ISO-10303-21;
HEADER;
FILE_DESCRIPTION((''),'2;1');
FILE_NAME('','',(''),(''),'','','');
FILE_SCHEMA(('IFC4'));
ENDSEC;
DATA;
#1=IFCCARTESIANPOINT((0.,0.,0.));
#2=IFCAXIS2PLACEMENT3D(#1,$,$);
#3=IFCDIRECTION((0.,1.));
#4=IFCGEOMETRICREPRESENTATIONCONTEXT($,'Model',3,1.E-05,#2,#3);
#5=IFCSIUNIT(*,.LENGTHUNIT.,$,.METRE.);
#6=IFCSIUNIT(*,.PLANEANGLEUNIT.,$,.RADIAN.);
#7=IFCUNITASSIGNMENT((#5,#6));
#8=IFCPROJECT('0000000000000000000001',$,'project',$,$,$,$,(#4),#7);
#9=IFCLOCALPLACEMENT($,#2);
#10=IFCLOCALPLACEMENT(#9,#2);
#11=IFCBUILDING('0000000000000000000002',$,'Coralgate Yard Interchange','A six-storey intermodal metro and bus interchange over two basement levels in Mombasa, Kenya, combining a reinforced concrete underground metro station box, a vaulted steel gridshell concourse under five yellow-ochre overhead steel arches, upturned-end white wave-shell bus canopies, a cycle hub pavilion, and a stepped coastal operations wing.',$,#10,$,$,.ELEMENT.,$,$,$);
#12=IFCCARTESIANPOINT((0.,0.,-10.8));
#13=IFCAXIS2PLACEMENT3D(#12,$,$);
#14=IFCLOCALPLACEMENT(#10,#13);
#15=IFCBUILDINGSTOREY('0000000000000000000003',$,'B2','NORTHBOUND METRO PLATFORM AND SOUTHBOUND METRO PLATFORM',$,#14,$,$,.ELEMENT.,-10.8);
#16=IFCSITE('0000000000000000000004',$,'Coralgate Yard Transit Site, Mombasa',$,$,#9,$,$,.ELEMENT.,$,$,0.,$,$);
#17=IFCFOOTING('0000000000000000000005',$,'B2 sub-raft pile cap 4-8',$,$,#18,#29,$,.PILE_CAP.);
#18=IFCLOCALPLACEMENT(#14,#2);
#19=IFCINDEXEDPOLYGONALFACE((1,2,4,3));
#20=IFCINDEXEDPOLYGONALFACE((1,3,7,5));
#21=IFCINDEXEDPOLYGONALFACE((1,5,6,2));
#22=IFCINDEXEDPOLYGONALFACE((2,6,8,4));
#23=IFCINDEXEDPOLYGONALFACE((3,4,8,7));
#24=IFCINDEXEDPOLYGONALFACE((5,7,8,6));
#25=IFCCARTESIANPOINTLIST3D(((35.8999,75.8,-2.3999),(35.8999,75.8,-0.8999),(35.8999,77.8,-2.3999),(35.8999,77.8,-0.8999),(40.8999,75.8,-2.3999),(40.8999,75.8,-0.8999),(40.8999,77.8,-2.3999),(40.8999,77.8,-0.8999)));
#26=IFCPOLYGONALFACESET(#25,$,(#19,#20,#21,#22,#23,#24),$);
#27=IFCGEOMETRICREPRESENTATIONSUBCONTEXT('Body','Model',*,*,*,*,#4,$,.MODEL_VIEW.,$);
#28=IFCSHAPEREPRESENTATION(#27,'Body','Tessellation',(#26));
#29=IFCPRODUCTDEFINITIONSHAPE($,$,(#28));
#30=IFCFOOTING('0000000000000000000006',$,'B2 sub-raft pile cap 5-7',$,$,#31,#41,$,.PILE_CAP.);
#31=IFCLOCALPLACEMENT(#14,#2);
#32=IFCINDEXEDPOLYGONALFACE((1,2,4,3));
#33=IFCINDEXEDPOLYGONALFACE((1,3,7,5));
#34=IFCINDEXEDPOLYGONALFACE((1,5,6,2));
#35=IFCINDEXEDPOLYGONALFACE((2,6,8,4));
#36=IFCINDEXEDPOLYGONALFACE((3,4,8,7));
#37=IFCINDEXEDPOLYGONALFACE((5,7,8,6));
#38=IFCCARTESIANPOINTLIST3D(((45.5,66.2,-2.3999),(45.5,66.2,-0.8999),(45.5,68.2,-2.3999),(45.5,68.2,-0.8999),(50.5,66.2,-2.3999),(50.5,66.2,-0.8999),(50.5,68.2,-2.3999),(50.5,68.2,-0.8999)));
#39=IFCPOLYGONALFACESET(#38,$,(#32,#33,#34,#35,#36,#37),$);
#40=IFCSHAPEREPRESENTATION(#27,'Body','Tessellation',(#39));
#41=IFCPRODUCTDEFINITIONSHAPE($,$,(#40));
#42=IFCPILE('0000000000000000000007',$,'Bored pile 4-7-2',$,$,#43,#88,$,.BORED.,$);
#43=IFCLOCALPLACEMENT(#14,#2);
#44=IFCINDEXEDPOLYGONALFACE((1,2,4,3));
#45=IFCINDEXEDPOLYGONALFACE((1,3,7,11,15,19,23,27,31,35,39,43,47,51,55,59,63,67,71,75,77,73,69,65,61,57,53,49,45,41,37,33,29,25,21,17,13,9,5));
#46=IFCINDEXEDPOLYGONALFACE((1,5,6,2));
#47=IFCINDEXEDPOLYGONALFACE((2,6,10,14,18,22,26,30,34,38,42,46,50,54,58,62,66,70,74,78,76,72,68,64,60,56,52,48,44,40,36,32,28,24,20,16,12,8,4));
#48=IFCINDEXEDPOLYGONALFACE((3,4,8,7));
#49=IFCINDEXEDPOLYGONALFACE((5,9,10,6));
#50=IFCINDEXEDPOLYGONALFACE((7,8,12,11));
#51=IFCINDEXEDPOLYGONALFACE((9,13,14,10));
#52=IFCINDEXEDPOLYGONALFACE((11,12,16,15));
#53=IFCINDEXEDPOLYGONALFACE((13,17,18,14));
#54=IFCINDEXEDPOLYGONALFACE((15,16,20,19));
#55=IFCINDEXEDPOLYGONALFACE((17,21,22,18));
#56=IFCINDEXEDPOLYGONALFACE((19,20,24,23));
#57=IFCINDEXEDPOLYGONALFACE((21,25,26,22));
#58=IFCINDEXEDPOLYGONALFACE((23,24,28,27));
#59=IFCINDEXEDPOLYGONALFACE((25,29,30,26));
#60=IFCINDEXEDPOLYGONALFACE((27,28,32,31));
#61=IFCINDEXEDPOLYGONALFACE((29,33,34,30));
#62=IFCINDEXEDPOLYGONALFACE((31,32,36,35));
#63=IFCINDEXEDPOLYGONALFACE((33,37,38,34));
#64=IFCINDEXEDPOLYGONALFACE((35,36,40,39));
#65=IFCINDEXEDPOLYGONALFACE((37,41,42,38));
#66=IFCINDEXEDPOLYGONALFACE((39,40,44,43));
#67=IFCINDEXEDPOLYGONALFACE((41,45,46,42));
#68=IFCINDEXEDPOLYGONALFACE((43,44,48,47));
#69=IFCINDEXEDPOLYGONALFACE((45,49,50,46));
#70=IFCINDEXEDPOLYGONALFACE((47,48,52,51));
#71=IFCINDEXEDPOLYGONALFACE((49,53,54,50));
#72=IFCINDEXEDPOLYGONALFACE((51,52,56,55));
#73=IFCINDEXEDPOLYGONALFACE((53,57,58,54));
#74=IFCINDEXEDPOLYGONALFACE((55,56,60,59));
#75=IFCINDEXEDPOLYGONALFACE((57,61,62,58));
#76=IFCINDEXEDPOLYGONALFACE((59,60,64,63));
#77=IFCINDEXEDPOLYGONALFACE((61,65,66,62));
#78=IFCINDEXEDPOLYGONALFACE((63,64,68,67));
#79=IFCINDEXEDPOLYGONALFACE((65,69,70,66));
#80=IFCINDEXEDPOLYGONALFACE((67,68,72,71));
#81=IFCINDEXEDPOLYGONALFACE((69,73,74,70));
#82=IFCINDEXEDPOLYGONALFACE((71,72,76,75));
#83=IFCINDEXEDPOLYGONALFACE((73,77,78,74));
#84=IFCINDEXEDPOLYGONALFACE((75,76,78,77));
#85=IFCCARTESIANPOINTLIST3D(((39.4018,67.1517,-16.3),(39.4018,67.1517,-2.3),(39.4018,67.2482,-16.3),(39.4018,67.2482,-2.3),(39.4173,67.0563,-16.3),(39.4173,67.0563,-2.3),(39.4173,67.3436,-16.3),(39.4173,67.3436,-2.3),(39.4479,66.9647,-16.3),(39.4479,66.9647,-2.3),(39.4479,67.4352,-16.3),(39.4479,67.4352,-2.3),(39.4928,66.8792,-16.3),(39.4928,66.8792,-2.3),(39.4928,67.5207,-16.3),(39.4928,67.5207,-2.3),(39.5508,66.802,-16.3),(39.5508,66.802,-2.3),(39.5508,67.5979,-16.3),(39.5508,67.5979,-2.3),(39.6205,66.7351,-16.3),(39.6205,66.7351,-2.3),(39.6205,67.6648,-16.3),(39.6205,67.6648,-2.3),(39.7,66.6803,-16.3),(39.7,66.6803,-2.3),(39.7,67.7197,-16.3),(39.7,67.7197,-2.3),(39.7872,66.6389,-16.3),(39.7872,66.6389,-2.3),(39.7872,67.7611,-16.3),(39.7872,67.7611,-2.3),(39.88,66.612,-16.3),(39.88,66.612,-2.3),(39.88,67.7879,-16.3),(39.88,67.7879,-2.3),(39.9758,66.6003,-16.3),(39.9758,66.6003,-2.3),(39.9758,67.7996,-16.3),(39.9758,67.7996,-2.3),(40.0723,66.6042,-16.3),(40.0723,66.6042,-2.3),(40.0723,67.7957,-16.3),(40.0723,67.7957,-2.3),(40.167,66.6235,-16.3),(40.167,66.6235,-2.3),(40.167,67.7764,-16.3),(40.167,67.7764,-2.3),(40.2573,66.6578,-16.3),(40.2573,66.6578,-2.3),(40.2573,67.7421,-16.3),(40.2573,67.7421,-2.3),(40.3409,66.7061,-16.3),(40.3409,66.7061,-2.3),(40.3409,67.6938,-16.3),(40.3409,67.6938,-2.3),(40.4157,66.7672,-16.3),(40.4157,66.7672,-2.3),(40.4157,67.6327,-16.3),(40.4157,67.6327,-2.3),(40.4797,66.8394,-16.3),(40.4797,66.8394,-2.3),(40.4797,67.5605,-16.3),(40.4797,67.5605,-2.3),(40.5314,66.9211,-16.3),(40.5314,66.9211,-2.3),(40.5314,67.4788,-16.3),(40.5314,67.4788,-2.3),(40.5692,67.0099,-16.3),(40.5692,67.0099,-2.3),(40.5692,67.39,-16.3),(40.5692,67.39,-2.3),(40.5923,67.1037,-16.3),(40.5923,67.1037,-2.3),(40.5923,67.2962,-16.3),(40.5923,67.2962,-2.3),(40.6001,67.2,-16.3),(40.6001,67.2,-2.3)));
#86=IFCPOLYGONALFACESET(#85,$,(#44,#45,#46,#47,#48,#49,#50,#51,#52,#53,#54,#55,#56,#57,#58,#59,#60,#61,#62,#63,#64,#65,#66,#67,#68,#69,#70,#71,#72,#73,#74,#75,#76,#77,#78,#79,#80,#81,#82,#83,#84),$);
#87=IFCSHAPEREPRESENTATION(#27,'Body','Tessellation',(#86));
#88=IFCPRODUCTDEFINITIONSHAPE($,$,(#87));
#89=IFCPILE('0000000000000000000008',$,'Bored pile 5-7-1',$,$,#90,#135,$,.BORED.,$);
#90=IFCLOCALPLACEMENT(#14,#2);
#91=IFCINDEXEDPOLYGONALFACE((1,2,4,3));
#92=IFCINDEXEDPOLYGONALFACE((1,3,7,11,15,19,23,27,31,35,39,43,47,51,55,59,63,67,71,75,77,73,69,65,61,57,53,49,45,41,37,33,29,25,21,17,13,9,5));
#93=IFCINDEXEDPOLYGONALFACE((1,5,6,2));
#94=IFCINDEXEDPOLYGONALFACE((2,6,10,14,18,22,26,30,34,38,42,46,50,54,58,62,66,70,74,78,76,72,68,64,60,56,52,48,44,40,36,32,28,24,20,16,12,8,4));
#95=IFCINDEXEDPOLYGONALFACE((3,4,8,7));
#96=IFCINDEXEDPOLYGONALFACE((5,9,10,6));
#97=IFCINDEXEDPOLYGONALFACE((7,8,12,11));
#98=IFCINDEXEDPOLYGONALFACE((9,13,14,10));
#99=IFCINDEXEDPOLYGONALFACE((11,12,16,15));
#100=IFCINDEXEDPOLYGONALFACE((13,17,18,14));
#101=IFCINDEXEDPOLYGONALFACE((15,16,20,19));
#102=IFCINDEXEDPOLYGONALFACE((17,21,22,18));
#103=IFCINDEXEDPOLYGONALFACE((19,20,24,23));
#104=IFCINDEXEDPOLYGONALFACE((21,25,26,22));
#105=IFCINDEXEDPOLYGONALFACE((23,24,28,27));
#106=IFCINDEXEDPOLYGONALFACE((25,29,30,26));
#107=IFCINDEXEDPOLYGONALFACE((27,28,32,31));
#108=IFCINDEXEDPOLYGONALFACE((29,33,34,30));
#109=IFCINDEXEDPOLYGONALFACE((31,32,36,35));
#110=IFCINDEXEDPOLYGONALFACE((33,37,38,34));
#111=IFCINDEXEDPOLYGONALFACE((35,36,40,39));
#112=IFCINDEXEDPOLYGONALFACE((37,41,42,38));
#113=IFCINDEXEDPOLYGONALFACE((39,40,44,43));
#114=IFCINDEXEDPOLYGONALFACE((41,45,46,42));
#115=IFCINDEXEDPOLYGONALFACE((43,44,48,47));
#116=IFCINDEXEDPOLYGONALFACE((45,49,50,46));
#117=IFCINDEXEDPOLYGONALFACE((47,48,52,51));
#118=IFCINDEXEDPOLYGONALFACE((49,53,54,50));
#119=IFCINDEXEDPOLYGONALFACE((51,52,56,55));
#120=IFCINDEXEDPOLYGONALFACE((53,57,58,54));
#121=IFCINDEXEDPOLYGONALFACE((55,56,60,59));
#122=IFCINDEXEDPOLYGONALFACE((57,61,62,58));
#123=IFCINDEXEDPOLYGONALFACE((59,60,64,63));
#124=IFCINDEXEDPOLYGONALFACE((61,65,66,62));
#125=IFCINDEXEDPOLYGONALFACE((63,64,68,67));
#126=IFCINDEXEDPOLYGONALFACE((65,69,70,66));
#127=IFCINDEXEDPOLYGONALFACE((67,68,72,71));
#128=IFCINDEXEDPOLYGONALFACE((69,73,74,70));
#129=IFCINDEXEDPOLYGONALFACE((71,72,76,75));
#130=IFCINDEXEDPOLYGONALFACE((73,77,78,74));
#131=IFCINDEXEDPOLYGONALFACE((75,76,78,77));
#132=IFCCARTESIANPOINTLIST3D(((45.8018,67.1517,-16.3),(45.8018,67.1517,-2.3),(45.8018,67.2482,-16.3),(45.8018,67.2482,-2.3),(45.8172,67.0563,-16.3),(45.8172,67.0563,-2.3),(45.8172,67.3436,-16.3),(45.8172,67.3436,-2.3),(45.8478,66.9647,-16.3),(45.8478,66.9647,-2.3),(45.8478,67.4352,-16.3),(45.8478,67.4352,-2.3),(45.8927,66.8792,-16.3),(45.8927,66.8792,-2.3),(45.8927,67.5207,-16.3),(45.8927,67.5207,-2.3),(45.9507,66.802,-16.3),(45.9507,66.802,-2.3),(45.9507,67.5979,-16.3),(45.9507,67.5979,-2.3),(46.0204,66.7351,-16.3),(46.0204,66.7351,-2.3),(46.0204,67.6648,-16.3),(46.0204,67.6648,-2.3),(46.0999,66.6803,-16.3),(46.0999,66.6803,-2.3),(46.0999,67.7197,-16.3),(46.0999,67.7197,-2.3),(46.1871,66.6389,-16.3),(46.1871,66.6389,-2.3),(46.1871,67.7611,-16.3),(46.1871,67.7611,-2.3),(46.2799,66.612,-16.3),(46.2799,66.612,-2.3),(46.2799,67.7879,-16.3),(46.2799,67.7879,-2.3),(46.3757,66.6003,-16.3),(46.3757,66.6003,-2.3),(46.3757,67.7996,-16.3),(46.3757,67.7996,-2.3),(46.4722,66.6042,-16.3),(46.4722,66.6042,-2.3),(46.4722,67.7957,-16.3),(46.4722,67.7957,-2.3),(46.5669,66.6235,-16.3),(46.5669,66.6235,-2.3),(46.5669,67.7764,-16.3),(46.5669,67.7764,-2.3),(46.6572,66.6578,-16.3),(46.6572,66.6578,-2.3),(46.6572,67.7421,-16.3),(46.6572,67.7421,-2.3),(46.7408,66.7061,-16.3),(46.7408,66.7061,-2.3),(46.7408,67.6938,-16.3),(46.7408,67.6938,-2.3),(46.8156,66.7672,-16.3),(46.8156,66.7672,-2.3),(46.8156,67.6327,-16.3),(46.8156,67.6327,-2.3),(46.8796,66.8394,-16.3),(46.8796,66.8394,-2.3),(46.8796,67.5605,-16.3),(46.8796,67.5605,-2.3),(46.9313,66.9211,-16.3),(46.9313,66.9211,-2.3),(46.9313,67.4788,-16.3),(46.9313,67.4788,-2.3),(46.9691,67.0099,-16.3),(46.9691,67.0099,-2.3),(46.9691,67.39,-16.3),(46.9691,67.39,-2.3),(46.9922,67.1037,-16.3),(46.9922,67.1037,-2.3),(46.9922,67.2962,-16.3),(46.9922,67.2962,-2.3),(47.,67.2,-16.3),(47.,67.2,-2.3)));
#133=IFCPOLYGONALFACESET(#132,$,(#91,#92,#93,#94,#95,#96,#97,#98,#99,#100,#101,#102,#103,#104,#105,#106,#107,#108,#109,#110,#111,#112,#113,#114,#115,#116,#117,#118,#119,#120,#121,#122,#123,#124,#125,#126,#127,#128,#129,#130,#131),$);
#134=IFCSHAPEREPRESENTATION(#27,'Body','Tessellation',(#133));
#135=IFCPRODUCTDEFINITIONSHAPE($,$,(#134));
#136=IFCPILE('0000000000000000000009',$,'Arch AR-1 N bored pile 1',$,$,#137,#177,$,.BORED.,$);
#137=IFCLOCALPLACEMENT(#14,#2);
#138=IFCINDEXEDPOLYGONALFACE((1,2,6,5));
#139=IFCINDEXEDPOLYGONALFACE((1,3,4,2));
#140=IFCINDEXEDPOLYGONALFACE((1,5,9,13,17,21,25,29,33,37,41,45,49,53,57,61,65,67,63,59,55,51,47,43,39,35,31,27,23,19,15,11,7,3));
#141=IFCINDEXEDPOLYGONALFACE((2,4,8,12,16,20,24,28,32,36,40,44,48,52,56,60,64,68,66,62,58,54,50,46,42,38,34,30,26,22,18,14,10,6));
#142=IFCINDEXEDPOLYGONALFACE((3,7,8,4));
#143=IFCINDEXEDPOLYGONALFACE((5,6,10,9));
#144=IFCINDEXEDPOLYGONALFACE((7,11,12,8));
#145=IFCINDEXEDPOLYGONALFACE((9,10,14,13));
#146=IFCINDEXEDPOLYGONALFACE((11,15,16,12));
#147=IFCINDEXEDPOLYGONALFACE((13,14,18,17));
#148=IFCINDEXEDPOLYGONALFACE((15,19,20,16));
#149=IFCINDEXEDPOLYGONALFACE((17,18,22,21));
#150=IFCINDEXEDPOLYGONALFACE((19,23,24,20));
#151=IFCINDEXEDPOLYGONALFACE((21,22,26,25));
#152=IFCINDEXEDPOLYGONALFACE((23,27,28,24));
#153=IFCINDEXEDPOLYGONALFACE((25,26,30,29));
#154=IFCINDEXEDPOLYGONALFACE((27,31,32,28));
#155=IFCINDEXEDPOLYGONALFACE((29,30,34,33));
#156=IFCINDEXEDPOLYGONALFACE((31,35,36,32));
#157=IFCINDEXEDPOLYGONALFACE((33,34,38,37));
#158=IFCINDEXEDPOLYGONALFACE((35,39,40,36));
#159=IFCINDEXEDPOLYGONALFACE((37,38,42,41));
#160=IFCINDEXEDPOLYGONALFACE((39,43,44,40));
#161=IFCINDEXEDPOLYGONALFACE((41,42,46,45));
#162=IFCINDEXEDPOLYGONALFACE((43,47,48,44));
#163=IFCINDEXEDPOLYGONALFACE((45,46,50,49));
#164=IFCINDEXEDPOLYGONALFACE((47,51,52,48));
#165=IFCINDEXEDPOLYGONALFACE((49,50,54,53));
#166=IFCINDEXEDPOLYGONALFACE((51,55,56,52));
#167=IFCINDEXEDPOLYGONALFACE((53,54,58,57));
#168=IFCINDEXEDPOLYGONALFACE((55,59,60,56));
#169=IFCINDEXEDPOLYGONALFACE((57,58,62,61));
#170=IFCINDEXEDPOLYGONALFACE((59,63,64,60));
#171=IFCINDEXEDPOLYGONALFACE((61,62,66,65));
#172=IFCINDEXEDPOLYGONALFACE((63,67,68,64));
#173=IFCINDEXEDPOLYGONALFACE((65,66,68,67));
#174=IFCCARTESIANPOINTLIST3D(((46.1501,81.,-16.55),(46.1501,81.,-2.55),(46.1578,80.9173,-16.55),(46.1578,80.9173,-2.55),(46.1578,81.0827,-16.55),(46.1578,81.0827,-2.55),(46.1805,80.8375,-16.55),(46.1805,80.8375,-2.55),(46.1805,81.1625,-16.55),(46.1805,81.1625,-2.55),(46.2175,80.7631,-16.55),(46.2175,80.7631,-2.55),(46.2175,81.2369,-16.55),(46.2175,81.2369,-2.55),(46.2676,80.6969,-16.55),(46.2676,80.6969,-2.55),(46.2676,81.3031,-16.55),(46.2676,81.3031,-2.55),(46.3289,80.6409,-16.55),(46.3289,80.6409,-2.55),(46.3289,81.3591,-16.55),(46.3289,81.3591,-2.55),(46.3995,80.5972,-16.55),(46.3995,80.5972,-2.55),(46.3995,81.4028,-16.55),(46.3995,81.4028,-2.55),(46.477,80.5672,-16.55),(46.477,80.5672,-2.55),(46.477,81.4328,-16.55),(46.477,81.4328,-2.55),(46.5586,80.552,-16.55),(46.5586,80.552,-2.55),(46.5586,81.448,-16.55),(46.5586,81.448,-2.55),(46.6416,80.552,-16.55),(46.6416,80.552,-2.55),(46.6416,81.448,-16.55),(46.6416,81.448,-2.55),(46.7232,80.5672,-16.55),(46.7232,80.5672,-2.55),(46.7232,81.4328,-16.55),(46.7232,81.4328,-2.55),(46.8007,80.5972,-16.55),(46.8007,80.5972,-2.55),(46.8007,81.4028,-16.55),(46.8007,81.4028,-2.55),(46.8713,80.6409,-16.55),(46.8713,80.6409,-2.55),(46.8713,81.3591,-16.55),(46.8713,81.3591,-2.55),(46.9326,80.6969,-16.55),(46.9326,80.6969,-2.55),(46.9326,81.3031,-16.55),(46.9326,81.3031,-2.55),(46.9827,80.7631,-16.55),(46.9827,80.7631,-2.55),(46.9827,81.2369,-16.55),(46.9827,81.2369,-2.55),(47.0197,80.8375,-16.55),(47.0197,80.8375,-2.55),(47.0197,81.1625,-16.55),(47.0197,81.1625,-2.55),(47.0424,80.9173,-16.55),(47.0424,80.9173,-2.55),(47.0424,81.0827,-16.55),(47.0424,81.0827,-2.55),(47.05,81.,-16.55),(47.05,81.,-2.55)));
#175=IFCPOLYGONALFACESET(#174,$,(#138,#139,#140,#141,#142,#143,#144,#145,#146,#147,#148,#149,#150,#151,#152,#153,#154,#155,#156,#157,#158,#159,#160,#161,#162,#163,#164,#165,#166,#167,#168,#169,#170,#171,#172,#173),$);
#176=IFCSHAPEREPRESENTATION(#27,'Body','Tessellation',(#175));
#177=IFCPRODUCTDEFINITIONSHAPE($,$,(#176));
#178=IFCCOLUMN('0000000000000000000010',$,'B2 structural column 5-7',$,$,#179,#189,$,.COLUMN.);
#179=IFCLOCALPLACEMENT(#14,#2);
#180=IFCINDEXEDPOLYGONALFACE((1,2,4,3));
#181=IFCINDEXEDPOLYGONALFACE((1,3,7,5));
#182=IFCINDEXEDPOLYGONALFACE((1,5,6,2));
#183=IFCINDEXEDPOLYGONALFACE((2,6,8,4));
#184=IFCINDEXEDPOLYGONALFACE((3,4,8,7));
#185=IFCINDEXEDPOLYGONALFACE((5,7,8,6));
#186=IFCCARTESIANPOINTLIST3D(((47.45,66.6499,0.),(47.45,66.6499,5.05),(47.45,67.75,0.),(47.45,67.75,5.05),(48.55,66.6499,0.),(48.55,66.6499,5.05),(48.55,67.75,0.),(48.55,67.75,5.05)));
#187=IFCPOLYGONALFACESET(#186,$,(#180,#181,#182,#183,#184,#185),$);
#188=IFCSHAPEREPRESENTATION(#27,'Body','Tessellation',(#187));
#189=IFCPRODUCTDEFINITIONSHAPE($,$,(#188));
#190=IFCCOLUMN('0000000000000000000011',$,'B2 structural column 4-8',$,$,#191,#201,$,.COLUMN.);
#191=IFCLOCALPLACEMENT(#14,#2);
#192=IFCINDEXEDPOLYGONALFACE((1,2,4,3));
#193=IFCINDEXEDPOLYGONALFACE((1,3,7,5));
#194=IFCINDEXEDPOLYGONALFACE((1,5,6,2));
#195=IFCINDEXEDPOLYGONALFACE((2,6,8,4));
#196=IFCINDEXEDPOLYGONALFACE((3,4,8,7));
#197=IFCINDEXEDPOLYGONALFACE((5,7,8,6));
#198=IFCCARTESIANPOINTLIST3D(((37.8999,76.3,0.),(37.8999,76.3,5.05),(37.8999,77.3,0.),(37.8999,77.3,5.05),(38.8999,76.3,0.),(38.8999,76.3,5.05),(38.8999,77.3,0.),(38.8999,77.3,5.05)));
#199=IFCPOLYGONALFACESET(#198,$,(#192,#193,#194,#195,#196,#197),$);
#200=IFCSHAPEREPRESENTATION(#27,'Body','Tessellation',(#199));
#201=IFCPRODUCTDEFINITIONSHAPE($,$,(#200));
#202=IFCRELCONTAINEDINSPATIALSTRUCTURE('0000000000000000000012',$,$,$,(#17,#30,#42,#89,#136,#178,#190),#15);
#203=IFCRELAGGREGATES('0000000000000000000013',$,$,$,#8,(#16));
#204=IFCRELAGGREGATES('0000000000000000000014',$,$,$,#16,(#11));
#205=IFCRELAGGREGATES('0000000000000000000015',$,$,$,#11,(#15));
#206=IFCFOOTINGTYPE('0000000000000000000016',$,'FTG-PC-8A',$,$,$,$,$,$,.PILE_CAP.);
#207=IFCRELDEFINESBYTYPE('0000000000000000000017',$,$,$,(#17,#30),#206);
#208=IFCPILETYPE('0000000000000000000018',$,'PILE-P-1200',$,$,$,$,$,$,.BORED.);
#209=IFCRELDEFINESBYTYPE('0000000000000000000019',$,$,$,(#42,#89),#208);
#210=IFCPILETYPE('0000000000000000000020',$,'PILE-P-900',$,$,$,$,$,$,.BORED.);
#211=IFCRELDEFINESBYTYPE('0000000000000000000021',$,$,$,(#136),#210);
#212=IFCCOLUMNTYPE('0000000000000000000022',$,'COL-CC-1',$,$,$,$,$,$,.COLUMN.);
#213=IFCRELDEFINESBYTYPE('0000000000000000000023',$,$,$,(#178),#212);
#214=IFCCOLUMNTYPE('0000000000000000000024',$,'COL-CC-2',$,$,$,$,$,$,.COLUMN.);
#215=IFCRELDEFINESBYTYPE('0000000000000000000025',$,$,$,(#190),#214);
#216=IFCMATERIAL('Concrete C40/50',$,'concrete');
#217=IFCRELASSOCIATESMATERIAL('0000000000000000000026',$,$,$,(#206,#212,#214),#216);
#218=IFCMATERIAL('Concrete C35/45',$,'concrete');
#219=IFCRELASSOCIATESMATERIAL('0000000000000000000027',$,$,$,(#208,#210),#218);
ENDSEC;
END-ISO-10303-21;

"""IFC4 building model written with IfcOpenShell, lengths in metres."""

from ifc_helpers import new_model, si_unit, direction, frame, origin, origin_2d, place, context, subcontext, project, spatial, rectangle, circle, extrude, material, material_profile, profile_set, type_object, element, save


model = new_model("IFC4")

# Units and contexts
model_context = context("Model", 3, precision=1e-05, world=origin(), true_north=direction((0.0, 1.0)))
body_context = subcontext(model_context, "Body", "Model", "MODEL_VIEW")
ifc_project = project(units=[si_unit("LENGTHUNIT", "METRE"), si_unit("PLANEANGLEUNIT", "RADIAN")], contexts=[model_context])

# Site, building, storey
site_placement = place(None, origin())
site = spatial("IfcSite", under=ifc_project, at=site_placement, Name="Coralgate Yard Transit Site, Mombasa", CompositionType="ELEMENT", RefElevation=0.0)
building_placement = place(site_placement, origin())
building = spatial("IfcBuilding", under=site, at=building_placement, Name="Coralgate Yard Interchange", Description="A six-storey intermodal metro and bus interchange over two basement levels in Mombasa, Kenya, combining a reinforced concrete underground metro station box, a vaulted steel gridshell concourse under five yellow-ochre overhead steel arches, upturned-end white wave-shell bus canopies, a cycle hub pavilion, and a stepped coastal operations wing.", CompositionType="ELEMENT")
storey_placement = place(building_placement, frame((0.0, 0.0, -10.8)))
storey = spatial("IfcBuildingStorey", under=building, at=storey_placement, Name="B2", Description="NORTHBOUND METRO PLATFORM AND SOUTHBOUND METRO PLATFORM", CompositionType="ELEMENT", Elevation=-10.8)

# Footings
ifc_material_1 = material(Name="Concrete C40/50", Category="concrete")
footing_type = type_object("IfcFootingType", Name="FTG-PC-8A", PredefinedType="PILE_CAP", material=ifc_material_1)
for number, where, z_axis, x_axis, name in (
    (1, (38.3999, 76.8, -2.3999), (0.0, 0.0, 1.0), (1.0, 0.0, 0.0), "B2 sub-raft pile cap 4-8"),
    (2, (48.0, 67.2, -2.3999), (0.0, 0.0, 1.0), (1.0, 0.0, 0.0), "B2 sub-raft pile cap 5-7"),
):
    element("IfcFooting", number, at=place(storey_placement, frame(where, z_axis=z_axis, x_axis=x_axis)), inside=storey, type_object=footing_type, Name=name, PredefinedType="PILE_CAP", context=body_context, shape_type="SweptSolid", body=[
        extrude(rectangle(XDim=5.0, YDim=2.0, at=origin_2d()), origin(), (0.0, 0.0, 1.0), 1.5),
    ])

# Piles
ifc_material_2 = material(Name="Concrete C35/45", Category="concrete")
ifc_material_profile_1 = material_profile(ifc_material_2, circle(Radius=0.6001, at=origin_2d()), Name="BORED PILE D1200")
ifc_profile_set_1 = profile_set([ifc_material_profile_1], Name="Concrete C35/45")
pile_type_1 = type_object("IfcPileType", Name="PILE-P-1200", PredefinedType="BORED", material=ifc_profile_set_1)
for number, where, z_axis, x_axis, name in (
    (3, (40.0, 67.2, -2.3), (0.0, 0.0, -1.0), (1.0, 0.0, 0.0), "Bored pile 4-7-2"),
    (4, (46.3999, 67.2, -2.3), (0.0, 0.0, -1.0), (1.0, 0.0, 0.0), "Bored pile 5-7-1"),
):
    element("IfcPile", number, at=place(storey_placement, frame(where, z_axis=z_axis, x_axis=x_axis)), inside=storey, type_object=pile_type_1, Name=name, PredefinedType="BORED", context=body_context, shape_type="SweptSolid", body=[
        extrude(circle(Radius=0.6001, at=origin_2d()), origin(), (0.0, 0.0, 1.0), 14.0),
    ])
ifc_material_profile_2 = material_profile(ifc_material_2, circle(Radius=0.45, at=origin_2d()), Name="BORED PILE D900")
ifc_profile_set_2 = profile_set([ifc_material_profile_2], Name="Concrete C35/45")
pile_type_2 = type_object("IfcPileType", Name="PILE-P-900", PredefinedType="BORED", material=ifc_profile_set_2)
pile_placement = place(storey_placement, frame((46.6001, 81.0, -2.55), z_axis=(0.0, 0.0, -1.0), x_axis=(1.0, 0.0, 0.0)))
element("IfcPile", 5, at=pile_placement, inside=storey, type_object=pile_type_2, Name="Arch AR-1 N bored pile 1", PredefinedType="BORED", context=body_context, shape_type="SweptSolid", body=[
    extrude(circle(Radius=0.45, at=origin_2d()), origin(), (0.0, 0.0, 1.0), 14.0),
])

# Columns
ifc_material_profile_3 = material_profile(ifc_material_1, rectangle(XDim=1.1001, YDim=1.1001, at=origin_2d()), Name="RC 1100x1100")
ifc_profile_set_3 = profile_set([ifc_material_profile_3], Name="Concrete C40/50")
column_type_1 = type_object("IfcColumnType", Name="COL-CC-1", PredefinedType="COLUMN", material=ifc_profile_set_3)
column_1_placement = place(storey_placement, frame((48.0, 67.2, 0.0), z_axis=(0.0, 0.0, 1.0), x_axis=(1.0, 0.0, 0.0)))
element("IfcColumn", 6, at=column_1_placement, inside=storey, type_object=column_type_1, Name="B2 structural column 5-7", PredefinedType="COLUMN", context=body_context, shape_type="SweptSolid", body=[
    extrude(rectangle(XDim=1.1001, YDim=1.1001, at=origin_2d()), origin(), (0.0, 0.0, 1.0), 5.05),
])
ifc_material_profile_4 = material_profile(ifc_material_1, rectangle(XDim=1.0, YDim=1.0, at=origin_2d()), Name="RC 1000x1000")
ifc_profile_set_4 = profile_set([ifc_material_profile_4], Name="Concrete C40/50")
column_type_2 = type_object("IfcColumnType", Name="COL-CC-2", PredefinedType="COLUMN", material=ifc_profile_set_4)
column_2_placement = place(storey_placement, frame((38.3999, 76.8, 0.0), z_axis=(0.0, 0.0, 1.0), x_axis=(1.0, 0.0, 0.0)))
element("IfcColumn", 7, at=column_2_placement, inside=storey, type_object=column_type_2, Name="B2 structural column 4-8", PredefinedType="COLUMN", context=body_context, shape_type="SweptSolid", body=[
    extrude(rectangle(XDim=1.0, YDim=1.0, at=origin_2d()), origin(), (0.0, 0.0, 1.0), 5.05),
])

save(model, "model.ifc")
